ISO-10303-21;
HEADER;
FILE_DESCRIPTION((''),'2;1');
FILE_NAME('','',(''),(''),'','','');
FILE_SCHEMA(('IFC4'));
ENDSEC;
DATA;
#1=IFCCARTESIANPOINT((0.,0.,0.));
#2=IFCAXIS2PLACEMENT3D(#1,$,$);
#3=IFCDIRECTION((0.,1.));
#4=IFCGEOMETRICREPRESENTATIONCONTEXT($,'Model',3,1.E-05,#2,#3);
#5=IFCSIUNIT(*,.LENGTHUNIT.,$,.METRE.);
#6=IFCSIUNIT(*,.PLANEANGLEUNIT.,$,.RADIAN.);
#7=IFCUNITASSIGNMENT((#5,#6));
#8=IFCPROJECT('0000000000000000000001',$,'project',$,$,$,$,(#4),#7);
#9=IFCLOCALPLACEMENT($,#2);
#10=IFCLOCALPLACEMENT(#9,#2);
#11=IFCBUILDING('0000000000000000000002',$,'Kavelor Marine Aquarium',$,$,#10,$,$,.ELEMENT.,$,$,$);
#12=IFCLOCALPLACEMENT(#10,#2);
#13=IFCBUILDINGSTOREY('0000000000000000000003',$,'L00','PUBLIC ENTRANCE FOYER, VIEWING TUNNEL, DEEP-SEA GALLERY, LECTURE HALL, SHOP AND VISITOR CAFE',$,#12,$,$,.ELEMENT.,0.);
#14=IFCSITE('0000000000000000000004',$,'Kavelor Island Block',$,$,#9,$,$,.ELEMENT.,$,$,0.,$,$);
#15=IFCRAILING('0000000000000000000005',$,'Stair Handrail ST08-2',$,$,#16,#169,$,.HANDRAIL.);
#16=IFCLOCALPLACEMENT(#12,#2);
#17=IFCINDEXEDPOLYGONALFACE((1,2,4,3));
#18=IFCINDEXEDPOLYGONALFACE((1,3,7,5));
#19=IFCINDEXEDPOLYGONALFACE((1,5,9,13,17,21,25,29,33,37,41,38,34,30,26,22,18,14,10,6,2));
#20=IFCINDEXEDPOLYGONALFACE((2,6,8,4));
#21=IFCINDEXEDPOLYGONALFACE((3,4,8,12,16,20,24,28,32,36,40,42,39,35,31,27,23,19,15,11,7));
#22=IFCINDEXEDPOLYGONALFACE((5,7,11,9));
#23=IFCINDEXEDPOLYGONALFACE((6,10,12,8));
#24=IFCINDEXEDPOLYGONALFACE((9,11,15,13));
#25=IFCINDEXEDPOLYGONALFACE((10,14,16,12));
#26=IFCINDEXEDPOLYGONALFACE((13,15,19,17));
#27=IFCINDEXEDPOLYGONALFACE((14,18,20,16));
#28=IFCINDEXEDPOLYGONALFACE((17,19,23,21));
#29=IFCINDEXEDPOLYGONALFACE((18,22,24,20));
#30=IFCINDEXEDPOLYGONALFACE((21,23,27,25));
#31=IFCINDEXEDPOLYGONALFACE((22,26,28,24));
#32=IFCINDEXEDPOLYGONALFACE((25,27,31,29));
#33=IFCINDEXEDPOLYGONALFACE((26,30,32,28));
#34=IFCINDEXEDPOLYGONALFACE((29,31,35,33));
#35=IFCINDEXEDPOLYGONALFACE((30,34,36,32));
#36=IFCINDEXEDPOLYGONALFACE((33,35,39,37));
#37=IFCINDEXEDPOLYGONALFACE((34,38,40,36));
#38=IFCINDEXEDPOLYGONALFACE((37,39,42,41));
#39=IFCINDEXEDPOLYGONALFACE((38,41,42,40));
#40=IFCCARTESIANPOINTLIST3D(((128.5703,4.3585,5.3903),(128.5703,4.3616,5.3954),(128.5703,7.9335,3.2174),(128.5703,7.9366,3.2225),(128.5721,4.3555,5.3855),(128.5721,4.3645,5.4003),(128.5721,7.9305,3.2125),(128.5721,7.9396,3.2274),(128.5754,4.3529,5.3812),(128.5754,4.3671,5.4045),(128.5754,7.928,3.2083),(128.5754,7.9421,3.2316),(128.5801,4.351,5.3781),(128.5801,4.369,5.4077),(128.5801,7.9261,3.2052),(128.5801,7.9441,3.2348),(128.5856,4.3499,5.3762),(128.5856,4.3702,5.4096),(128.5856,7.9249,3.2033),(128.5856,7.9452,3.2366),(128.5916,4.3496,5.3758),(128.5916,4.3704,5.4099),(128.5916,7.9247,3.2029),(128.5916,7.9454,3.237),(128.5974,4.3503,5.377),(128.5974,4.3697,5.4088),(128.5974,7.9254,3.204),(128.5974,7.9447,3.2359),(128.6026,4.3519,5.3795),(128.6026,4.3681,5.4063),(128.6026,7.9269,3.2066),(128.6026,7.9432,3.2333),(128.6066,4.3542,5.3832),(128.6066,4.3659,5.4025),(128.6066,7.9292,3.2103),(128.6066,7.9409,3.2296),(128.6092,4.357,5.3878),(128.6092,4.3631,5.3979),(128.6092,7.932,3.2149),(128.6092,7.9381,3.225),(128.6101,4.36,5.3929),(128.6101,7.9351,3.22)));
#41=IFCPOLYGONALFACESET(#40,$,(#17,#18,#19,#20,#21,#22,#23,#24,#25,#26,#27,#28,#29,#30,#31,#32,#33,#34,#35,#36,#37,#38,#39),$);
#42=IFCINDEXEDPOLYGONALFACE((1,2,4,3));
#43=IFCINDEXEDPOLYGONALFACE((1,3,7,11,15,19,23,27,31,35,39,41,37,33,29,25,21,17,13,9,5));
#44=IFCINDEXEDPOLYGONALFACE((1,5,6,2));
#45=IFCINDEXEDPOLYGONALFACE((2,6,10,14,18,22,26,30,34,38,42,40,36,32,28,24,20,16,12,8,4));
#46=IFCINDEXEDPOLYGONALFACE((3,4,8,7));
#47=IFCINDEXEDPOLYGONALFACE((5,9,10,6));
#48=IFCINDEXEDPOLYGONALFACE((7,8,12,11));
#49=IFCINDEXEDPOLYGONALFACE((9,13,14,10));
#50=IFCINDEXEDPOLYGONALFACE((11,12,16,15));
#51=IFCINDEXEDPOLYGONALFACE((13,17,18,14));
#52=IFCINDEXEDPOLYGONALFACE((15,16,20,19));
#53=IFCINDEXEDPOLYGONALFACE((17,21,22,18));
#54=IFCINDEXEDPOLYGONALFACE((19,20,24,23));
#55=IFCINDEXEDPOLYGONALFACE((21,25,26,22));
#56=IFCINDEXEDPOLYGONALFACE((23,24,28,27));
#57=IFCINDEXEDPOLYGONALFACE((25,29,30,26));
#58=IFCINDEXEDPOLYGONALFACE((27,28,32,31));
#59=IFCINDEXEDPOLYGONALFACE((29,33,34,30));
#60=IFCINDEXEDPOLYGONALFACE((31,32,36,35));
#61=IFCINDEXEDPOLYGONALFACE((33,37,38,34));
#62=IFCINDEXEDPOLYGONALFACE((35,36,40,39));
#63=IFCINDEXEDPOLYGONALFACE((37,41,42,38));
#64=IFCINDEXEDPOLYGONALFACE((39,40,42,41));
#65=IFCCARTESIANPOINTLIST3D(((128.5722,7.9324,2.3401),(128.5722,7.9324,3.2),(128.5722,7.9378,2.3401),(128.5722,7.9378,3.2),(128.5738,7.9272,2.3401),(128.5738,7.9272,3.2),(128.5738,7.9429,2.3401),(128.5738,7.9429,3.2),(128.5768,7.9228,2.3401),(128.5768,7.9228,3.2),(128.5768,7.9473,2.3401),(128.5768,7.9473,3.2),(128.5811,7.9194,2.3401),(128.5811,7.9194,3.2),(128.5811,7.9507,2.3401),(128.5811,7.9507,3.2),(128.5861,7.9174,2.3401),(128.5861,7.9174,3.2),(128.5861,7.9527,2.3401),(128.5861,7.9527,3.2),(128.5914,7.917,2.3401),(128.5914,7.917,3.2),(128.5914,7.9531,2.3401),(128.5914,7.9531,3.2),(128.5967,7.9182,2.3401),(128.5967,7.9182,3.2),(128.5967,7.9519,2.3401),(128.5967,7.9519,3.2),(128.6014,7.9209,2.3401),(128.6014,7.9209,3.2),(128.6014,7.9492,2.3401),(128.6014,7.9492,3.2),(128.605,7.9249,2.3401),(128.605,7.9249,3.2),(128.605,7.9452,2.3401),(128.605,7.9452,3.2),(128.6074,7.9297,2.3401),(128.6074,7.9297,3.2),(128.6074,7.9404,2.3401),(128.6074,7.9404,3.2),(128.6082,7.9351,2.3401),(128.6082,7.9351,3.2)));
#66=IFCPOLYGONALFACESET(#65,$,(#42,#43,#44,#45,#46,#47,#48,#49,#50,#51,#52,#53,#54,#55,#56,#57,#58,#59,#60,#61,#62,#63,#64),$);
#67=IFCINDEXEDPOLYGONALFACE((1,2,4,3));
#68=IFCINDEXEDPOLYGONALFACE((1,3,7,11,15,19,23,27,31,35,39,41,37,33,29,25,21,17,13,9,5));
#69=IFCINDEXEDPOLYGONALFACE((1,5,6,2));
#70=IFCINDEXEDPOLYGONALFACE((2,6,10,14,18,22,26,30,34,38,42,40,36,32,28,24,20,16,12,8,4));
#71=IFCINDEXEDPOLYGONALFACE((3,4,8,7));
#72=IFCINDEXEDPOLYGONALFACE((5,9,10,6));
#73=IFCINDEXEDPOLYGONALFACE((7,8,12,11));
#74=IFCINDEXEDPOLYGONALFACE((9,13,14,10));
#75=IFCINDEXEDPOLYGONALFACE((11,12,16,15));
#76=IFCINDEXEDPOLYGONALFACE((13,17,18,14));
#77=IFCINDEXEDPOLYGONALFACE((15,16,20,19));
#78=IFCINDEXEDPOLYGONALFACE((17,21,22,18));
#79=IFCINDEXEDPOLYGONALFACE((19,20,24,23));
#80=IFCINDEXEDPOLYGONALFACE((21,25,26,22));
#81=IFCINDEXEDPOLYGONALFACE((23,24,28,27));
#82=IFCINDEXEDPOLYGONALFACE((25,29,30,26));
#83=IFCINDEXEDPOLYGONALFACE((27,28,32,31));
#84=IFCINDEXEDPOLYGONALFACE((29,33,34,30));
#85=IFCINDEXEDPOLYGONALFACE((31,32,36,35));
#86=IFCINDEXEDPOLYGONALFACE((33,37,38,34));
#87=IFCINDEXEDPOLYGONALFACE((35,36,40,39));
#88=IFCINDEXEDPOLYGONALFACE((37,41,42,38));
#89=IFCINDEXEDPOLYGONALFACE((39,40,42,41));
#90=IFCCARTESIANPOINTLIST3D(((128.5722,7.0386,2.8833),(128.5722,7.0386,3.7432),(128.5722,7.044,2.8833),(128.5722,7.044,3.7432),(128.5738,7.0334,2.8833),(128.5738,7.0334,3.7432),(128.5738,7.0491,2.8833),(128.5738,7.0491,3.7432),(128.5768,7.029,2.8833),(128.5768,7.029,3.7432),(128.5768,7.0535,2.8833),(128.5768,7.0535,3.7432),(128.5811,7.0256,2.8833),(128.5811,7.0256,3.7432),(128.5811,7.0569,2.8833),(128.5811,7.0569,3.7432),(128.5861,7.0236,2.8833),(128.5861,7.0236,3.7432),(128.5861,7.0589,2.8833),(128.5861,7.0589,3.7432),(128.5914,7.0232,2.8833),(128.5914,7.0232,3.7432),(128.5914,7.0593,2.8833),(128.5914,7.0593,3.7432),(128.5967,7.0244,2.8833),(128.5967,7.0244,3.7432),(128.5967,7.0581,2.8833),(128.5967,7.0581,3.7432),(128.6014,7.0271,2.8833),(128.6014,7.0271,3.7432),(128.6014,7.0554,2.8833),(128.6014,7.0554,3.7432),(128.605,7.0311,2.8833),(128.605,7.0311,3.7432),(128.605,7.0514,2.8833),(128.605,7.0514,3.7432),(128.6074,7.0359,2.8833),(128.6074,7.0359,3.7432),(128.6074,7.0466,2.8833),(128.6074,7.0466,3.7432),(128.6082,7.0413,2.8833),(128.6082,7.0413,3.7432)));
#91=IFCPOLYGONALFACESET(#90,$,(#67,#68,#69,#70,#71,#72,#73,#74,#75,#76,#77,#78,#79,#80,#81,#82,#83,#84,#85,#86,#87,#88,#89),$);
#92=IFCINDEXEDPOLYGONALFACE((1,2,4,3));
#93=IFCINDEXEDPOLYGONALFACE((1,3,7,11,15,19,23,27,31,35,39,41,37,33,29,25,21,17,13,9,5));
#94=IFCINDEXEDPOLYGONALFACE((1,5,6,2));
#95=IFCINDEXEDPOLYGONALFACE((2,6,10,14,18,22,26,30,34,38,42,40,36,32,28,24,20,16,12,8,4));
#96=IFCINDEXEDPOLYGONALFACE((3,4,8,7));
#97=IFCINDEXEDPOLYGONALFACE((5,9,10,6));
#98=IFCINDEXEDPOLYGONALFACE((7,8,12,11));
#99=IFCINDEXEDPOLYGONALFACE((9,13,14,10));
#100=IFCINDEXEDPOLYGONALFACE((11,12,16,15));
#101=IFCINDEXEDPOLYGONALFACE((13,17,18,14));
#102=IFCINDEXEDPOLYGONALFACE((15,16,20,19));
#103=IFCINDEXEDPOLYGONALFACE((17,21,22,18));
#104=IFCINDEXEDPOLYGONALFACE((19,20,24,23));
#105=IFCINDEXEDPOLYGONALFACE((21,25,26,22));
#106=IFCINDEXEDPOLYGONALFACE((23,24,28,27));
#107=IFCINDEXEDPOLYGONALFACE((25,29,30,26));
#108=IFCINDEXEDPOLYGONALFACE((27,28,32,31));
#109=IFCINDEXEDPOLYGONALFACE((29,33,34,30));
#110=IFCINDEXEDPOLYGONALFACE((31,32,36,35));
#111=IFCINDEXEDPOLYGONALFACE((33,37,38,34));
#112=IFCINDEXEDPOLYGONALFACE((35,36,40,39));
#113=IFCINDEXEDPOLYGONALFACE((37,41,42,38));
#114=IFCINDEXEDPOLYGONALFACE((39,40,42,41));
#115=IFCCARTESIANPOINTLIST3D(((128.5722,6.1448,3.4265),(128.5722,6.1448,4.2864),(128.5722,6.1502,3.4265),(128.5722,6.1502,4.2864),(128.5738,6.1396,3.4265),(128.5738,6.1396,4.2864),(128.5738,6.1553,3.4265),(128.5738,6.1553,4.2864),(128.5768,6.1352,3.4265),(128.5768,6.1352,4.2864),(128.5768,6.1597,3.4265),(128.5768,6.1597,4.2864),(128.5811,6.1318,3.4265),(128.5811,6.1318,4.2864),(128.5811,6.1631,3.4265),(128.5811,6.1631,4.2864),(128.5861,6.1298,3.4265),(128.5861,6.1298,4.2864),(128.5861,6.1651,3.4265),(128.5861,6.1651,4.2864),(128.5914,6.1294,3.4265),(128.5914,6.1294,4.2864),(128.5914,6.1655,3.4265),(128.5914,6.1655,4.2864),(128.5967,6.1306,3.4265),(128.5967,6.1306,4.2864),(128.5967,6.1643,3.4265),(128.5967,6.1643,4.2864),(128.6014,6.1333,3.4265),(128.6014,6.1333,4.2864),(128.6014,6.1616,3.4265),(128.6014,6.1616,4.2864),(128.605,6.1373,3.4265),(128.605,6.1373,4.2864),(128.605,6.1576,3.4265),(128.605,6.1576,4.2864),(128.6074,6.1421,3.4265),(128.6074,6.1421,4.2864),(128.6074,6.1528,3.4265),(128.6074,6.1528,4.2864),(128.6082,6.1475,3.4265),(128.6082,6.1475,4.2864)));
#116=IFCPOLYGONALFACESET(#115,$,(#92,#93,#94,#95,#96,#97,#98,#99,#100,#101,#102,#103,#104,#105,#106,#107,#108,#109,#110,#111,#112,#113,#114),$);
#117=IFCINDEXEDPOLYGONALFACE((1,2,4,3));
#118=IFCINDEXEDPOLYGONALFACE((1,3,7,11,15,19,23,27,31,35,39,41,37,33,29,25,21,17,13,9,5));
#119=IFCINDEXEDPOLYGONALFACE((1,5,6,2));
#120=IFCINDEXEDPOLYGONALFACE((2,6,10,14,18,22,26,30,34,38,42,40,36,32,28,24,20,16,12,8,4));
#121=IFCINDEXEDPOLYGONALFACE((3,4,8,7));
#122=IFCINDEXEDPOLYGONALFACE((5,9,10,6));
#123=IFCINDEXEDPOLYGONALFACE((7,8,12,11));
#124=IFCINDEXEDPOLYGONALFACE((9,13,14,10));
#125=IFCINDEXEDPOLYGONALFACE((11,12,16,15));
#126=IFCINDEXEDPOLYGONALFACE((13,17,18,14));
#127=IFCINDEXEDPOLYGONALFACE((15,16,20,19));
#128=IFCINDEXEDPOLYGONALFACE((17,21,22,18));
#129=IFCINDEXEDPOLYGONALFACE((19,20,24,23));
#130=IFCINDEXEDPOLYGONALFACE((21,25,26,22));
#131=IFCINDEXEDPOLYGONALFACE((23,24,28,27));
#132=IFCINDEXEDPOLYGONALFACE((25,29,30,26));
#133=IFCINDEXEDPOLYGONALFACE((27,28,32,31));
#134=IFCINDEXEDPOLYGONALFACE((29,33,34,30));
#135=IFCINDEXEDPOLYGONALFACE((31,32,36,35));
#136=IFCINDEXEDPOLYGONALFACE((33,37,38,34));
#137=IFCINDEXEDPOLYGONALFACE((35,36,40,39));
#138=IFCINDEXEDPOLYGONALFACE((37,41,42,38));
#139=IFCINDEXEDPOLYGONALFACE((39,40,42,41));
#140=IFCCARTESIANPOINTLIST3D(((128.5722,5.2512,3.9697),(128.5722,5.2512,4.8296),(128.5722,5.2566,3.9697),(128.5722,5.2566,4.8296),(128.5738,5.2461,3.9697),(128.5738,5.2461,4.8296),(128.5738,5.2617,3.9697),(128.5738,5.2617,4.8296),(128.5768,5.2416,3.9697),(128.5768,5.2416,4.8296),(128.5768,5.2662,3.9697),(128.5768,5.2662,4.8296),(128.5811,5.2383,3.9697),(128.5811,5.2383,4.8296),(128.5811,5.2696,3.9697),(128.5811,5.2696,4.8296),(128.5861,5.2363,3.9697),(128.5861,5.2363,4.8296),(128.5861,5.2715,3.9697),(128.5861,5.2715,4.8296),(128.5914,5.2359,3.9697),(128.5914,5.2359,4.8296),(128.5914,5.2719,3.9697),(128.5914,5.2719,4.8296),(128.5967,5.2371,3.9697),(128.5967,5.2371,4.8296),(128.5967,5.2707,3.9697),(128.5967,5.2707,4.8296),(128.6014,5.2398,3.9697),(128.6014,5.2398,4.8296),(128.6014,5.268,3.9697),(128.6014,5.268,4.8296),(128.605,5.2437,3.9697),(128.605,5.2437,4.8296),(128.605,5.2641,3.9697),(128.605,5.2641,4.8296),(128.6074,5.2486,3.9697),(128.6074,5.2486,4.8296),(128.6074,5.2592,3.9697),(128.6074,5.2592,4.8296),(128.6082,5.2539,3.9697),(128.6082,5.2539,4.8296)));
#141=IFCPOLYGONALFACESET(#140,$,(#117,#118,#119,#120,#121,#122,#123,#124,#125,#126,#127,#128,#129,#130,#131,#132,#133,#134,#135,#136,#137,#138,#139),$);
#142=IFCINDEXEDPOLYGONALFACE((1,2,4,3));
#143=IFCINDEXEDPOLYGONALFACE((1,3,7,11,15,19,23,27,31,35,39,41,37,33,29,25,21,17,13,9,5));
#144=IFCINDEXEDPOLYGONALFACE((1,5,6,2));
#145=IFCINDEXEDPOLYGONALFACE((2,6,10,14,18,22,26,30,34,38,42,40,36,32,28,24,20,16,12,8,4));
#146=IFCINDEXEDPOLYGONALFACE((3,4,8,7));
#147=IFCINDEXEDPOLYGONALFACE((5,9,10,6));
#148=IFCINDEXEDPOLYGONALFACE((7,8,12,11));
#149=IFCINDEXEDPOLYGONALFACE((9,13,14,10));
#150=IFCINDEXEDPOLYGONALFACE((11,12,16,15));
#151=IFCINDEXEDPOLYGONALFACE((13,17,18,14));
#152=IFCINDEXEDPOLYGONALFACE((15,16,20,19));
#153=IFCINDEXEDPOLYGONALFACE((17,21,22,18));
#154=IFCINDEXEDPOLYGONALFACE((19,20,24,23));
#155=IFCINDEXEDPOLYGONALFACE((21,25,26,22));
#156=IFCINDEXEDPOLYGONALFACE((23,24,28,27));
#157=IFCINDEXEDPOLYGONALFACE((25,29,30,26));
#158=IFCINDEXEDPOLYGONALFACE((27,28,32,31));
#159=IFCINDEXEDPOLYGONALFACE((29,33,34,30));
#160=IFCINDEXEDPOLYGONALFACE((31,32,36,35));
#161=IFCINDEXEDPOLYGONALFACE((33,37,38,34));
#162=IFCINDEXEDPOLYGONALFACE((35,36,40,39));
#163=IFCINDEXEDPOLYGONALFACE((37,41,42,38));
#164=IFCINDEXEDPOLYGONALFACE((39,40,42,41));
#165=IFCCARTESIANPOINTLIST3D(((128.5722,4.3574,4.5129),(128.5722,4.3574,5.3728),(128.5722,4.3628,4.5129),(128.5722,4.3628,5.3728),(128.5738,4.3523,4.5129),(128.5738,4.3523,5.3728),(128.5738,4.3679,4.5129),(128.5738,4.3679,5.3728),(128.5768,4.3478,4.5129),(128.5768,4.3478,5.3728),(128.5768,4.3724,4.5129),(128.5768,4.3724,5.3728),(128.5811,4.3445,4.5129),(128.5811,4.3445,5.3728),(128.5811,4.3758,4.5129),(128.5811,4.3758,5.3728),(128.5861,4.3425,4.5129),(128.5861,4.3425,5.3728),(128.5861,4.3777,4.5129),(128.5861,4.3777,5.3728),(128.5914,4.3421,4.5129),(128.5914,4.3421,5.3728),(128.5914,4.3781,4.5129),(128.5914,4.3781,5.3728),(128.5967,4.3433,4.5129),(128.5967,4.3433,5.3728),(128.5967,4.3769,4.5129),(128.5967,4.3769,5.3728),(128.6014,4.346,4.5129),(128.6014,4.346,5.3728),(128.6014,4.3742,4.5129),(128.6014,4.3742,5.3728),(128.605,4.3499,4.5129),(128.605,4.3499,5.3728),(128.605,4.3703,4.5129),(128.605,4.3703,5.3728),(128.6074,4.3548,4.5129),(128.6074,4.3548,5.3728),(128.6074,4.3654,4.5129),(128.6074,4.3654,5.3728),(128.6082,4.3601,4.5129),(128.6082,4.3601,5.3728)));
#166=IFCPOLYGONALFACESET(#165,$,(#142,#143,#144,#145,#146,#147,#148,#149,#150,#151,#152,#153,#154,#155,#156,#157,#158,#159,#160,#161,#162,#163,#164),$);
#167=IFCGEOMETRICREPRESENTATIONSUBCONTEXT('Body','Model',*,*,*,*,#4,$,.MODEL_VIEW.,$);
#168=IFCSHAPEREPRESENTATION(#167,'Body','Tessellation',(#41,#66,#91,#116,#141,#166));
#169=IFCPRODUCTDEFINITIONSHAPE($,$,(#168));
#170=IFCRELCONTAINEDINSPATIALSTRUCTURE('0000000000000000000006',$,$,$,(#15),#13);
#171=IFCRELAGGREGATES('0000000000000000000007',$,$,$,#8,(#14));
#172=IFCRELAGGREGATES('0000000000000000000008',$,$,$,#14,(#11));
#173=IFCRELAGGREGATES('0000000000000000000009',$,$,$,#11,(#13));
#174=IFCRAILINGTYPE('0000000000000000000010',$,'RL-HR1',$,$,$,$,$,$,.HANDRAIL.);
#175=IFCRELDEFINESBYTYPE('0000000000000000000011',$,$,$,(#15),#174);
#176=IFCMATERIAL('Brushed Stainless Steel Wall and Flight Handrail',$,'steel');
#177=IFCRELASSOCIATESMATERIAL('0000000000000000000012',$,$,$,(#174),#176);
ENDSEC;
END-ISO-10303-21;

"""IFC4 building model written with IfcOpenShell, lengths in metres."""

from ifc_helpers import new_model, si_unit, direction, frame, origin, origin_2d, place, context, subcontext, project, spatial, circle, extrude, material, type_object, element, save


model = new_model("IFC4")

# Units and contexts
model_context = context("Model", 3, precision=1e-05, world=origin(), true_north=direction((0.0, 1.0)))
body_context = subcontext(model_context, "Body", "Model", "MODEL_VIEW")
ifc_project = project(units=[si_unit("LENGTHUNIT", "METRE"), si_unit("PLANEANGLEUNIT", "RADIAN")], contexts=[model_context])

# Site, building, storey
site_placement = place(None, origin())
site = spatial("IfcSite", under=ifc_project, at=site_placement, Name="Kavelor Island Block", CompositionType="ELEMENT", RefElevation=0.0)
building_placement = place(site_placement, origin())
building = spatial("IfcBuilding", under=site, at=building_placement, Name="Kavelor Marine Aquarium", CompositionType="ELEMENT")
storey_placement = place(building_placement, origin())
storey = spatial("IfcBuildingStorey", under=building, at=storey_placement, Name="L00", Description="PUBLIC ENTRANCE FOYER, VIEWING TUNNEL, DEEP-SEA GALLERY, LECTURE HALL, SHOP AND VISITOR CAFE", CompositionType="ELEMENT", Elevation=0.0)

# Railing
ifc_material_1 = material(Name="Brushed Stainless Steel Wall and Flight Handrail", Category="steel")
railing_type_1 = type_object("IfcRailingType", Name="RL-HR1", PredefinedType="HANDRAIL", material=ifc_material_1)
railing_1_placement = place(storey_placement, frame((128.5901, 7.9351, 2.3401)))
element("IfcRailing", 1, at=railing_1_placement, inside=storey, type_object=railing_type_1, Name="Stair Handrail ST08-2", PredefinedType="HANDRAIL", context=body_context, shape_type="SweptSolid", body=[
    extrude(circle(Radius=0.02, at=origin_2d()), frame((0.0, 0.0, 0.8799), z_axis=(0.0, -0.854539, 0.519388), x_axis=(1.0, 0.0, 0.0)), (0.0, 0.0, 1.0), 4.1836),
    extrude(circle(Radius=0.0181, at=origin_2d()), origin(), (0.0, 0.0, 1.0), 0.8599),
    extrude(circle(Radius=0.0181, at=origin_2d()), frame((0.0, -0.8938, 0.5432)), (0.0, 0.0, 1.0), 0.8599),
    extrude(circle(Radius=0.0181, at=origin_2d()), frame((0.0, -1.7876, 1.0864)), (0.0, 0.0, 1.0), 0.8599),
    extrude(circle(Radius=0.0181, at=origin_2d()), frame((0.0, -2.6812, 1.6296)), (0.0, 0.0, 1.0), 0.8599),
    extrude(circle(Radius=0.0181, at=origin_2d()), frame((0.0, -3.575, 2.1729)), (0.0, 0.0, 1.0), 0.8599),
])

save(model, "model.ifc")
